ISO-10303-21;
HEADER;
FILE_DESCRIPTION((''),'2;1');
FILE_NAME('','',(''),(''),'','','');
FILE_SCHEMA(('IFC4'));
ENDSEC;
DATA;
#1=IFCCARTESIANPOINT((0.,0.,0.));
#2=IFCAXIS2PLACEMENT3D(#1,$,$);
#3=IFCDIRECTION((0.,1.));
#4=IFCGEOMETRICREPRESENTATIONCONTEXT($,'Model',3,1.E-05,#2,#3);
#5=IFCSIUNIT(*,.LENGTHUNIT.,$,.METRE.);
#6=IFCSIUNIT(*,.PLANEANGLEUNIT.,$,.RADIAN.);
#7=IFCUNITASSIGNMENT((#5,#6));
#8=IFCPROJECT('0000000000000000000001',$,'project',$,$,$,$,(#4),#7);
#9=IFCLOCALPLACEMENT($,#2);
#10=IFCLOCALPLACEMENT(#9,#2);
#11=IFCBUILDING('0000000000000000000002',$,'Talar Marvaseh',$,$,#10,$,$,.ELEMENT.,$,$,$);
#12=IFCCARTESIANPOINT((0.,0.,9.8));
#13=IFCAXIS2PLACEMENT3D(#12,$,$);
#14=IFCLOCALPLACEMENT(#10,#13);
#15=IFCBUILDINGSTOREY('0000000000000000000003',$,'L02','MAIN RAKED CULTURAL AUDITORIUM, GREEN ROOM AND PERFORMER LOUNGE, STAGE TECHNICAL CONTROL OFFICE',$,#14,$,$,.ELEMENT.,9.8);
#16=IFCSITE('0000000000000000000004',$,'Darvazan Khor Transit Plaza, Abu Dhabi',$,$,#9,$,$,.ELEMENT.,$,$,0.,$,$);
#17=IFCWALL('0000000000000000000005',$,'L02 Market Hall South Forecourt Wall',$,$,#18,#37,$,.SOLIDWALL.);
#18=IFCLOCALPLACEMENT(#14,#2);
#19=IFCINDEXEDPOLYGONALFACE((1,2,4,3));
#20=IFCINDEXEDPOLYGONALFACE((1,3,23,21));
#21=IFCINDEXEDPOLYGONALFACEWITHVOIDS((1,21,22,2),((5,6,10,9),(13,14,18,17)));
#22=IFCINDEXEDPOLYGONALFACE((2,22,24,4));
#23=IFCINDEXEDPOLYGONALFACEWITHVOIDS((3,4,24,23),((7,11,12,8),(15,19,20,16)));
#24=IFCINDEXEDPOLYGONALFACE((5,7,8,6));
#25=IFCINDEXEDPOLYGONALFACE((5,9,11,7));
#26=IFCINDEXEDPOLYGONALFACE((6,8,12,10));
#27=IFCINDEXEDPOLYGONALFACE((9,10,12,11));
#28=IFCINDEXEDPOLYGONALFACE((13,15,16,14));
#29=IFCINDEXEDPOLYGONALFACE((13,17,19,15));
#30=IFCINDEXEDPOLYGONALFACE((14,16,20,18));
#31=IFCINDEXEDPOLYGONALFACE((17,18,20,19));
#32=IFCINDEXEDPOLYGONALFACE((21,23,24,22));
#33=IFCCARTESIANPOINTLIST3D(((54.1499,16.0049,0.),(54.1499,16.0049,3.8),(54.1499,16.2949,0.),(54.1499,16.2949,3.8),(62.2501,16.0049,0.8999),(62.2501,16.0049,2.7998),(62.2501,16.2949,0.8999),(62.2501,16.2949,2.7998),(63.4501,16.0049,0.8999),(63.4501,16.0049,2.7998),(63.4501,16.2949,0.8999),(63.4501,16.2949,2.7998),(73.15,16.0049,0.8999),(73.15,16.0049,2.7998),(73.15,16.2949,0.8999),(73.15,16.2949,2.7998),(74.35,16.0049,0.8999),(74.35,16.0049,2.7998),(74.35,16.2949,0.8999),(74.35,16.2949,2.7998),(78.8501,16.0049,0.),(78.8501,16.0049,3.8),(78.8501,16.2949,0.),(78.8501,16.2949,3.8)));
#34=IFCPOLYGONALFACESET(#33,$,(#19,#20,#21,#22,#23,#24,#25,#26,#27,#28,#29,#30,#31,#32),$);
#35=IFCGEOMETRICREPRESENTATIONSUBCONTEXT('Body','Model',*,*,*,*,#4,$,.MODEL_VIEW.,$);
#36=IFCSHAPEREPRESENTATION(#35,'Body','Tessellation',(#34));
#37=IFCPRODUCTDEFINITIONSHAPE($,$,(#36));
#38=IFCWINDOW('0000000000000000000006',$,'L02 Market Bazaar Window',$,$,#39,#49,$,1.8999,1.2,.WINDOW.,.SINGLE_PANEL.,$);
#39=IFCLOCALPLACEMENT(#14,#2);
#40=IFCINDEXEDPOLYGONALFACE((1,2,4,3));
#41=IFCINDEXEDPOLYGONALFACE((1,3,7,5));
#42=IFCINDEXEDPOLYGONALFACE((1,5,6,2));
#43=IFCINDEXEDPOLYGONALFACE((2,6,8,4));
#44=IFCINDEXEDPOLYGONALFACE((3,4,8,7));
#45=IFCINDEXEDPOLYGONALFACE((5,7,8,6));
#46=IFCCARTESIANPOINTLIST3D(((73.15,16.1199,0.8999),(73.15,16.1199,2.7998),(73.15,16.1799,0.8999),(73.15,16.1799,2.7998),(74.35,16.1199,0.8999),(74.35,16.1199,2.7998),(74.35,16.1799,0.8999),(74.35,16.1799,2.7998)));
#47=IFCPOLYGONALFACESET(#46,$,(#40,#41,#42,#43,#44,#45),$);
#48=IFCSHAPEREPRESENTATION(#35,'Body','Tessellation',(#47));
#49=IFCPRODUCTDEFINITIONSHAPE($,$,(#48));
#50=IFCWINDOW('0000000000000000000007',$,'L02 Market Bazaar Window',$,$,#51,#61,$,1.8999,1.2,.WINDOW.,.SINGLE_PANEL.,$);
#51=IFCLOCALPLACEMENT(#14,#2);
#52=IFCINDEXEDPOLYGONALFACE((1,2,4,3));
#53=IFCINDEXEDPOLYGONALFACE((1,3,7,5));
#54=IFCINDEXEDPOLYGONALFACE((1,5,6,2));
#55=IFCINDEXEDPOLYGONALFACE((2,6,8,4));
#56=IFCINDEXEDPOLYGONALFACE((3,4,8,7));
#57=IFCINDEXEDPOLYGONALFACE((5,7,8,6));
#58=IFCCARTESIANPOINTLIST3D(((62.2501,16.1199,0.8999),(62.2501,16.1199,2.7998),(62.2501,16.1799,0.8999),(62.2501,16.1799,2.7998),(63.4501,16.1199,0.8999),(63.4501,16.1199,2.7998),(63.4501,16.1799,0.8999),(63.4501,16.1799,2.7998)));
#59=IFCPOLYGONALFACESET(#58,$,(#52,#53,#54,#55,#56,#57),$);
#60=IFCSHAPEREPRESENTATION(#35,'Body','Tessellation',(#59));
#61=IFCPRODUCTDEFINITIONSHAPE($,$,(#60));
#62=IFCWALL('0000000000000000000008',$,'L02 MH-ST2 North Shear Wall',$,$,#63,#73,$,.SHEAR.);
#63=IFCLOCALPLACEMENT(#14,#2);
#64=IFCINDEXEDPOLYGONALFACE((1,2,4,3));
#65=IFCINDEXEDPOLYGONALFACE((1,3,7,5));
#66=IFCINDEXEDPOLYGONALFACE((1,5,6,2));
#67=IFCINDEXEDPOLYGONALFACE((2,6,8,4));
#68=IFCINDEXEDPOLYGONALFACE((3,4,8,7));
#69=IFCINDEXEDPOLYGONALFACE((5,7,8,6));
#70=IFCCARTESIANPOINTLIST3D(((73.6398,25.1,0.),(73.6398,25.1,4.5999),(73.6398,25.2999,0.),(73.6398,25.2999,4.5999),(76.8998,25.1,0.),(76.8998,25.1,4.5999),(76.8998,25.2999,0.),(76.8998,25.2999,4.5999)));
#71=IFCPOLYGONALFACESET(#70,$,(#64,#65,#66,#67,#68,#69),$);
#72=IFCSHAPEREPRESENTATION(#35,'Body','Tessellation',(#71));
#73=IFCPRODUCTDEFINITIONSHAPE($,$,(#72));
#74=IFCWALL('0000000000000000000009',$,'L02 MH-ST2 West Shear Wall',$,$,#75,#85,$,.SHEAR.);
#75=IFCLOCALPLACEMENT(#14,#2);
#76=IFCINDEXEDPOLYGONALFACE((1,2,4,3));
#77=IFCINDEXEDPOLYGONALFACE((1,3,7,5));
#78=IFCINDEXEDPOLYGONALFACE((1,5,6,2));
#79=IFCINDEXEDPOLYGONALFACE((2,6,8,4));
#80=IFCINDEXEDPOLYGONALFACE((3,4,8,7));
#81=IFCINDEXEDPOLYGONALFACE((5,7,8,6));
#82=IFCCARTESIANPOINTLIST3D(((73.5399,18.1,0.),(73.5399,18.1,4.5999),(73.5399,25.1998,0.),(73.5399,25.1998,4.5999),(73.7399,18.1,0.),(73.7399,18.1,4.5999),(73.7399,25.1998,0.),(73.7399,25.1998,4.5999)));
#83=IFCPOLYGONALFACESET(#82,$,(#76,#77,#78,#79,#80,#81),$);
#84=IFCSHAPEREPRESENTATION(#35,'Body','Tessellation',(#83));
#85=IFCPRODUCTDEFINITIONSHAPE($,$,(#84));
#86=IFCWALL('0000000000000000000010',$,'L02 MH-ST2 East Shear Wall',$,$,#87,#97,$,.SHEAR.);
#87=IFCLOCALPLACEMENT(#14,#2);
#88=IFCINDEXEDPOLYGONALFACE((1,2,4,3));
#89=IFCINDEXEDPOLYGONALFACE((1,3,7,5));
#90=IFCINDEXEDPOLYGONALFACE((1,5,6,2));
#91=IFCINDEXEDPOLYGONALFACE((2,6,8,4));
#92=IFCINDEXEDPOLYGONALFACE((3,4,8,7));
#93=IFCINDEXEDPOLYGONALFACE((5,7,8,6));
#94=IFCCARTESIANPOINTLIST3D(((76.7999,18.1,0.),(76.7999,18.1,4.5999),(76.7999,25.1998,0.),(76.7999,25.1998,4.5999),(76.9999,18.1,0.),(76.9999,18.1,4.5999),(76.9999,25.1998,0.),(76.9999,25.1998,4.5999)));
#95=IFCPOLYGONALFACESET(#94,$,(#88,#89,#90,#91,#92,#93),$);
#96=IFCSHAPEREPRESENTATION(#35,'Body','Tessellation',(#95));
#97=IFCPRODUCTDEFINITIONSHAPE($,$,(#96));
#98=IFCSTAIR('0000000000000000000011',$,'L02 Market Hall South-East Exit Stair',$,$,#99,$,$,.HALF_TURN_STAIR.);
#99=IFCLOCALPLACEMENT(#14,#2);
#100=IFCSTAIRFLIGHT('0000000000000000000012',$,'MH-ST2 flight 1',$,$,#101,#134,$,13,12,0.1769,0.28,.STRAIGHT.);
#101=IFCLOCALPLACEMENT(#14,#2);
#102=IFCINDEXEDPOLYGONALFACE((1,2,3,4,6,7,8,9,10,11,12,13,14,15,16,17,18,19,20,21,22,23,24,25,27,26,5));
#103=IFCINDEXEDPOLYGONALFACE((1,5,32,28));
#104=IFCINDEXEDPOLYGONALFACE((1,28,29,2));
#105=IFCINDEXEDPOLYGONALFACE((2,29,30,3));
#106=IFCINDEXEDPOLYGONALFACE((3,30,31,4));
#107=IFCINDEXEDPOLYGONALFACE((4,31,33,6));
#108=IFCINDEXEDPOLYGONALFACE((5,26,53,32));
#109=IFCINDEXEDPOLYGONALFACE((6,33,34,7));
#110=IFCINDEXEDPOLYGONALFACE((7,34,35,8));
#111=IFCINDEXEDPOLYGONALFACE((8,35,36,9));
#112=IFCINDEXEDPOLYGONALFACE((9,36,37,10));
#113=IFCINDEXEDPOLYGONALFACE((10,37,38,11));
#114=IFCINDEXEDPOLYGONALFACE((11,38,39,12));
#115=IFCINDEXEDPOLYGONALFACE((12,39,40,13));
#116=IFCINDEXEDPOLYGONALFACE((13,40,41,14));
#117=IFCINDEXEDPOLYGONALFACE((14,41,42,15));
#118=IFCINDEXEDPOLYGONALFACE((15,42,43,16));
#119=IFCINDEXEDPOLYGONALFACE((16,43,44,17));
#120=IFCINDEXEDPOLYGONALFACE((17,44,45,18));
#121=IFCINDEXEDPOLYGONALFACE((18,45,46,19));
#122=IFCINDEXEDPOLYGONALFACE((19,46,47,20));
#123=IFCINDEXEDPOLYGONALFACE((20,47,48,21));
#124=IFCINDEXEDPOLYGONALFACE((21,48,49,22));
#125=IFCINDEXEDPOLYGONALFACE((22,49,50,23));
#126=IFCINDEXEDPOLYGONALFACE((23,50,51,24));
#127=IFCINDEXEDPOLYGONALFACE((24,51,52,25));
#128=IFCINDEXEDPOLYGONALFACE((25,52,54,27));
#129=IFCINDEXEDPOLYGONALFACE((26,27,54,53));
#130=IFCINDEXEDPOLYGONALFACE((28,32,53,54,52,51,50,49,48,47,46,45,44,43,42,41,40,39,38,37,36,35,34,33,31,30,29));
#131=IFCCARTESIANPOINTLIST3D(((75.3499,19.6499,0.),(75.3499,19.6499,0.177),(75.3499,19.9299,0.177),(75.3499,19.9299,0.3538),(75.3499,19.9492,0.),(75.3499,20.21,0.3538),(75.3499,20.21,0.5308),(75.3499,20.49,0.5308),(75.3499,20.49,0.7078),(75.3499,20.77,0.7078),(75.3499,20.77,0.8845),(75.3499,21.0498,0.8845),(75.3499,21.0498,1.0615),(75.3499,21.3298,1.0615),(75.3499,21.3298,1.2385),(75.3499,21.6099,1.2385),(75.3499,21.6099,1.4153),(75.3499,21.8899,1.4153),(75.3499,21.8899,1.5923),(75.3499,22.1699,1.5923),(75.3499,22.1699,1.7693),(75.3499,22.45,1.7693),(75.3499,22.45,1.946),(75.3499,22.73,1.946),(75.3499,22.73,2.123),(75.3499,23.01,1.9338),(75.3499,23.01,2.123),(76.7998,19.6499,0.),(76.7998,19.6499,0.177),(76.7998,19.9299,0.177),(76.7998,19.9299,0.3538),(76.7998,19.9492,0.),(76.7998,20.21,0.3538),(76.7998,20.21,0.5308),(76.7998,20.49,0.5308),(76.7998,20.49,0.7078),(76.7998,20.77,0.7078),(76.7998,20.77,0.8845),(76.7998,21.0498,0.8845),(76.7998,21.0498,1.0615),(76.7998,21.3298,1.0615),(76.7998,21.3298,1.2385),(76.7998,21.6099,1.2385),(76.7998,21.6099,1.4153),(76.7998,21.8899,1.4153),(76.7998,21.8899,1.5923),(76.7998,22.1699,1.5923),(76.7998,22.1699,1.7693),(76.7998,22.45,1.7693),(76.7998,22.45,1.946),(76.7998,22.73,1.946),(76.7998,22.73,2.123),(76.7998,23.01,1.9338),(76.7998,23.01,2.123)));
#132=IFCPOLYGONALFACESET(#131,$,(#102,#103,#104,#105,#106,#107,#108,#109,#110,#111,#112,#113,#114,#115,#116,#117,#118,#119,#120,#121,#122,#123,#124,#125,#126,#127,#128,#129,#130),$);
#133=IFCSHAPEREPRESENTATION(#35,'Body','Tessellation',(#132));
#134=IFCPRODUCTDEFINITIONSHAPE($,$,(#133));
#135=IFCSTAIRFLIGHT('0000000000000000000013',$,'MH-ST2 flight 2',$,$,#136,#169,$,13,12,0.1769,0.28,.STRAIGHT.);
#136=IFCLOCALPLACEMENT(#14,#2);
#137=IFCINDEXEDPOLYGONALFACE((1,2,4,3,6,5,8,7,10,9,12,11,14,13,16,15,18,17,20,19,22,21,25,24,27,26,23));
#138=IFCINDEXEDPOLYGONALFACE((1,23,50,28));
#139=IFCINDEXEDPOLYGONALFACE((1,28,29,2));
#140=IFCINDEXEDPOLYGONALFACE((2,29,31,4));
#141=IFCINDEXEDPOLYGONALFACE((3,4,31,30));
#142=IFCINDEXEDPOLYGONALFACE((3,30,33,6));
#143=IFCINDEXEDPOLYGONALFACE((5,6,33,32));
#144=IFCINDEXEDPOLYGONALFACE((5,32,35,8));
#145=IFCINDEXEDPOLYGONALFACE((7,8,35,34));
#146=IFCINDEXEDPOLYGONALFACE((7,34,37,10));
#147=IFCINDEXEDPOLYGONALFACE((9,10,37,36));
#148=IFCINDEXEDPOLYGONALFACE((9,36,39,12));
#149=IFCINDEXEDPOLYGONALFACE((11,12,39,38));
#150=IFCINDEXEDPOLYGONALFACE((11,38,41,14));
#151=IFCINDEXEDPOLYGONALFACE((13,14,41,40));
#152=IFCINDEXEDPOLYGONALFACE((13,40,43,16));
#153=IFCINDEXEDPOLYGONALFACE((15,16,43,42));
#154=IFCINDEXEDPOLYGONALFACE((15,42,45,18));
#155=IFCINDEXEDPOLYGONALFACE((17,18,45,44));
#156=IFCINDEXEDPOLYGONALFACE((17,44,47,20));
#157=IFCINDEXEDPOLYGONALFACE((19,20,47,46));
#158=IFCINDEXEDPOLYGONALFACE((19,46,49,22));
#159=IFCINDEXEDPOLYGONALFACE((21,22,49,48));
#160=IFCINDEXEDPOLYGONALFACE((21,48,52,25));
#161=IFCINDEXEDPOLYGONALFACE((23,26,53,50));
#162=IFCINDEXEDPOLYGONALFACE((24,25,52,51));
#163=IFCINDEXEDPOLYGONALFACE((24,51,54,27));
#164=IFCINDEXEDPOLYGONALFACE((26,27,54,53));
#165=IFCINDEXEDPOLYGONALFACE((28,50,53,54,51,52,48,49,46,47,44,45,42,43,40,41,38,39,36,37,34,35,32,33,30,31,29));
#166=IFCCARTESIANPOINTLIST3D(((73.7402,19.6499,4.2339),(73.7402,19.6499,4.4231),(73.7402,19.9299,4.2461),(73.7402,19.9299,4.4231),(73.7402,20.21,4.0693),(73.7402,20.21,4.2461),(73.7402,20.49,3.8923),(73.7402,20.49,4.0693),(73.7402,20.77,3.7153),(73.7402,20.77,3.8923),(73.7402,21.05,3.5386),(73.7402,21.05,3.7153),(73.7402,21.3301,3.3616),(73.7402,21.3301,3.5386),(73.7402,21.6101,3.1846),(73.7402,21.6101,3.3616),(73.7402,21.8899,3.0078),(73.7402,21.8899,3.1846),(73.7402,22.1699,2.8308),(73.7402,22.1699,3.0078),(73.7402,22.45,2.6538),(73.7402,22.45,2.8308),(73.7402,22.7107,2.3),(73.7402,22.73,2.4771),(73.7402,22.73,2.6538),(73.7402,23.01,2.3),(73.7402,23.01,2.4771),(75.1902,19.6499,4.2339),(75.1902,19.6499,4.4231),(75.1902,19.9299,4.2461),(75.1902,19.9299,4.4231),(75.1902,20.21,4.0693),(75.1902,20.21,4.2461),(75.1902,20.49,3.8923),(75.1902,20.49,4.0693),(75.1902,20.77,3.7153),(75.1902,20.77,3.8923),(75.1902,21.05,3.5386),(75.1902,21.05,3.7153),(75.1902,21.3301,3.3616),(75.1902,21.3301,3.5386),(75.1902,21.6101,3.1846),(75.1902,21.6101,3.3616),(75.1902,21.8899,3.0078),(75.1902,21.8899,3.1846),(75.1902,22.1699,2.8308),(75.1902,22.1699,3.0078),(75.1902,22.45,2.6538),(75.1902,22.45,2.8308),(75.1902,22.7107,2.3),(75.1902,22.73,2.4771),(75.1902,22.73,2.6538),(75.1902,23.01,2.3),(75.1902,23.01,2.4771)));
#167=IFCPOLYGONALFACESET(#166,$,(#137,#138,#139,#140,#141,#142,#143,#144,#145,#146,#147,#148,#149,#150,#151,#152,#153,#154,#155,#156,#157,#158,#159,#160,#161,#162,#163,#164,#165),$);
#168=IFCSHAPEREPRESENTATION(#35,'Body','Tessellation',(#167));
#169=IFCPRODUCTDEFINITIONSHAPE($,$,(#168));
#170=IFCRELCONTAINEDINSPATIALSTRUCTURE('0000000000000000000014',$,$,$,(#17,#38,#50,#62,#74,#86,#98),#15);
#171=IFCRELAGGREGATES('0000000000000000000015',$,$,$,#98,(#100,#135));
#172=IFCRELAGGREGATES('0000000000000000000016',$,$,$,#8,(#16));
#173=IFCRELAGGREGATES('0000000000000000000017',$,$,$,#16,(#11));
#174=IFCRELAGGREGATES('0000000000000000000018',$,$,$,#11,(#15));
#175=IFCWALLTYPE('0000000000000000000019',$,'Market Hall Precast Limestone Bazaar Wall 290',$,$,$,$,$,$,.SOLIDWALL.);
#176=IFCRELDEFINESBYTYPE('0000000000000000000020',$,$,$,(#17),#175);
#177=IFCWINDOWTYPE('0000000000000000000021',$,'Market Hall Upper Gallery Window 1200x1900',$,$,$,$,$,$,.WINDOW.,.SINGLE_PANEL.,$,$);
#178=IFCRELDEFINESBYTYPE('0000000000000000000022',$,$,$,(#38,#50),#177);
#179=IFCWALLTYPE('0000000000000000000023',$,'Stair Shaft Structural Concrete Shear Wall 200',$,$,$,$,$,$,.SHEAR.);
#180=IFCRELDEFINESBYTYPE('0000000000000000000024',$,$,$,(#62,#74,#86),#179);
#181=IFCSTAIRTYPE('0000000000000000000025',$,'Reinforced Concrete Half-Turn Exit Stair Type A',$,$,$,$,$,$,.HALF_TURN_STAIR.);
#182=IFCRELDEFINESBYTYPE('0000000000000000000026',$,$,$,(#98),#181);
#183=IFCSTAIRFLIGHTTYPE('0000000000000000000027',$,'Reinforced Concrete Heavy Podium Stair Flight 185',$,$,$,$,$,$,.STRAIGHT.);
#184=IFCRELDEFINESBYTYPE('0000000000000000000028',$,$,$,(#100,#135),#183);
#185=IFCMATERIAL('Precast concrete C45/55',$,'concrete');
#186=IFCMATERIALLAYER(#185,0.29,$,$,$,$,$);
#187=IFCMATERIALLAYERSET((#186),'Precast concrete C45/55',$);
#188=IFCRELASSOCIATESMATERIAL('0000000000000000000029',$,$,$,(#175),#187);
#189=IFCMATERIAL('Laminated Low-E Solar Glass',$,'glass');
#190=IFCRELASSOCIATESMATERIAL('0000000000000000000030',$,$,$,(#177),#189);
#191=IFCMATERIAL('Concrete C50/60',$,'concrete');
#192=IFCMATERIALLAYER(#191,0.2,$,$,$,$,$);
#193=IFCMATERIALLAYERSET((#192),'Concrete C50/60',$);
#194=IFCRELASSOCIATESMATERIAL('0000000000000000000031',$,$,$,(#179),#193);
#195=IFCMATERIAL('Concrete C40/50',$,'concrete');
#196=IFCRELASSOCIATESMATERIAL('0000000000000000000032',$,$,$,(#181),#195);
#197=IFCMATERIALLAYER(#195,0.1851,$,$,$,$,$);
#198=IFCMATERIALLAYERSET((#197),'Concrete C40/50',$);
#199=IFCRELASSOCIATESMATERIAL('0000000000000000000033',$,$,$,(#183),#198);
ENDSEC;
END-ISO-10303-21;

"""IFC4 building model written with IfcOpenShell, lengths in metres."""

from ifc_helpers import new_model, si_unit, direction, frame, frame_2d, origin, place, context, subcontext, project, spatial, polyline, rectangle, outline, extrude, source, transform, mapped, material, layer, layer_set, type_object, type_shapes, element, fill, aggregate, save


model = new_model("IFC4")

# Units and contexts
model_context = context("Model", 3, precision=1e-05, world=origin(), true_north=direction((0.0, 1.0)))
body_context = subcontext(model_context, "Body", "Model", "MODEL_VIEW")
ifc_project = project(units=[si_unit("LENGTHUNIT", "METRE"), si_unit("PLANEANGLEUNIT", "RADIAN")], contexts=[model_context])

# Site, building, storey
site_placement = place(None, origin())
site = spatial("IfcSite", under=ifc_project, at=site_placement, Name="Darvazan Khor Transit Plaza, Abu Dhabi", CompositionType="ELEMENT", RefElevation=0.0)
building_placement = place(site_placement, origin())
building = spatial("IfcBuilding", under=site, at=building_placement, Name="Talar Marvaseh", CompositionType="ELEMENT")
storey_placement = place(building_placement, frame((0.0, 0.0, 9.8)))
storey = spatial("IfcBuildingStorey", under=building, at=storey_placement, Name="L02", Description="MAIN RAKED CULTURAL AUDITORIUM, GREEN ROOM AND PERFORMER LOUNGE, STAGE TECHNICAL CONTROL OFFICE", CompositionType="ELEMENT", Elevation=9.8)

# Shared definitions
ifc_material_1 = material(Name="Concrete C40/50", Category="concrete")

# Wall, openings, windows
ifc_material_2 = material(Name="Precast concrete C45/55", Category="concrete")
ifc_layer_1 = layer(ifc_material_2, 0.29)
ifc_layer_set_1 = layer_set([ifc_layer_1], Name="Precast concrete C45/55")
wall_type_1 = type_object("IfcWallType", Name="Market Hall Precast Limestone Bazaar Wall 290", PredefinedType="SOLIDWALL", material=ifc_layer_set_1)
wall_1_placement = place(storey_placement, frame((78.8501, 16.1499, 0.0), z_axis=(0.0, 0.0, 1.0), x_axis=(-1.0, 0.0, 0.0)))
wall_1 = element("IfcWall", 1, at=wall_1_placement, inside=storey, type_object=wall_type_1, Name="L02 Market Hall South Forecourt Wall", PredefinedType="SOLIDWALL", context=body_context, shape_type="SweptSolid", body=[
    extrude(rectangle(XDim=24.7002, YDim=0.29, at=frame_2d((12.3501, 0.0))), origin(), (0.0, 0.0, 1.0), 3.8),
])
opening_1_placement = place(wall_1_placement, frame((4.5, 0.0, 0.8999)))
opening_1 = element("IfcOpeningElement", 2, at=opening_1_placement, cuts=wall_1, PredefinedType="OPENING", context=body_context, shape_type="SweptSolid", body=[
    extrude(rectangle(XDim=1.2, YDim=1.8999, at=frame_2d((0.6001, 0.95))), frame((0.0, 0.155, 0.0), z_axis=(0.0, -1.0, 0.0), x_axis=(1.0, 0.0, 0.0)), (0.0, 0.0, 1.0), 0.3101),
])
opening_2_placement = place(wall_1_placement, frame((15.3999, 0.0, 0.8999)))
opening_2 = element("IfcOpeningElement", 3, at=opening_2_placement, cuts=wall_1, PredefinedType="OPENING", context=body_context, shape_type="SweptSolid", body=[
    extrude(rectangle(XDim=1.2, YDim=1.8999, at=frame_2d((0.6001, 0.95))), frame((0.0, 0.155, 0.0), z_axis=(0.0, -1.0, 0.0), x_axis=(1.0, 0.0, 0.0)), (0.0, 0.0, 1.0), 0.3101),
])
ifc_material_3 = material(Name="Laminated Low-E Solar Glass", Category="glass")
window_type = type_object("IfcWindowType", Name="Market Hall Upper Gallery Window 1200x1900", PartitioningType="SINGLE_PANEL", PredefinedType="WINDOW", material=ifc_material_3)
shared_shape_1 = source(origin(), body_context, "Body", "SweptSolid", [
    extrude(rectangle(XDim=1.2, YDim=1.8999, at=frame_2d((0.6001, 0.95))), frame((0.0, 0.03, 0.0), z_axis=(0.0, -1.0, 0.0), x_axis=(1.0, 0.0, 0.0)), (0.0, 0.0, 1.0), 0.0601),
])
type_shapes(window_type, [shared_shape_1])
window_1_placement = place(opening_1_placement, origin())
window_1 = element("IfcWindow", 4, at=window_1_placement, inside=storey, type_object=window_type, Name="L02 Market Bazaar Window", OverallHeight=1.8999, OverallWidth=1.2, PartitioningType="SINGLE_PANEL", PredefinedType="WINDOW", context=body_context, shape_type="MappedRepresentation", body=[
    mapped(shared_shape_1, transform((0.0, 0.0, 0.0), x_axis=(1.0, 0.0, 0.0), y_axis=(0.0, 1.0, 0.0), z_axis=(0.0, 0.0, 1.0), scale=1.0)),
])
fill(opening_1, window_1)
window_2_placement = place(opening_2_placement, origin())
window_2 = element("IfcWindow", 5, at=window_2_placement, inside=storey, type_object=window_type, Name="L02 Market Bazaar Window", OverallHeight=1.8999, OverallWidth=1.2, PartitioningType="SINGLE_PANEL", PredefinedType="WINDOW", context=body_context, shape_type="MappedRepresentation", body=[
    mapped(shared_shape_1, transform((0.0, 0.0, 0.0), x_axis=(1.0, 0.0, 0.0), y_axis=(0.0, 1.0, 0.0), z_axis=(0.0, 0.0, 1.0), scale=1.0)),
])
fill(opening_2, window_2)

# Shared definitions
ifc_material_4 = material(Name="Concrete C50/60", Category="concrete")
ifc_layer_2 = layer(ifc_material_4, 0.2)
ifc_layer_set_2 = layer_set([ifc_layer_2], Name="Concrete C50/60")
wall_type_2 = type_object("IfcWallType", Name="Stair Shaft Structural Concrete Shear Wall 200", PredefinedType="SHEAR", material=ifc_layer_set_2)

# Walls
wall_2_placement = place(storey_placement, frame((73.6399, 25.2, 0.0), z_axis=(0.0, 0.0, 1.0), x_axis=(1.0, 0.0, 0.0)))
element("IfcWall", 6, at=wall_2_placement, inside=storey, type_object=wall_type_2, Name="L02 MH-ST2 North Shear Wall", PredefinedType="SHEAR", context=body_context, shape_type="SweptSolid", body=[
    extrude(rectangle(XDim=3.26, YDim=0.2, at=frame_2d((1.6299, 0.0))), origin(), (0.0, 0.0, 1.0), 4.5999),
])
for number, where, z_axis, x_axis, name in (
    (7, (73.6399, 18.1001, 0.0), (0.0, 0.0, 1.0), (0.0, 1.0, 0.0), "L02 MH-ST2 West Shear Wall"),
    (8, (76.8999, 18.1001, 0.0), (0.0, 0.0, 1.0), (0.0, 1.0, 0.0), "L02 MH-ST2 East Shear Wall"),
):
    element("IfcWall", number, at=place(storey_placement, frame(where, z_axis=z_axis, x_axis=x_axis)), inside=storey, type_object=wall_type_2, Name=name, PredefinedType="SHEAR", context=body_context, shape_type="SweptSolid", body=[
        extrude(rectangle(XDim=7.0999, YDim=0.2, at=frame_2d((3.5498, 0.0))), origin(), (0.0, 0.0, 1.0), 4.5999),
    ])

# Stair, stair flights
stair_type = type_object("IfcStairType", Name="Reinforced Concrete Half-Turn Exit Stair Type A", PredefinedType="HALF_TURN_STAIR", material=ifc_material_1)
stair_placement = place(storey_placement, origin())
stair = element("IfcStair", 9, at=stair_placement, inside=storey, type_object=stair_type, Name="L02 Market Hall South-East Exit Stair", PredefinedType="HALF_TURN_STAIR")
ifc_layer_3 = layer(ifc_material_1, 0.1851)
ifc_layer_set_3 = layer_set([ifc_layer_3], Name="Concrete C40/50")
stair_flight_type = type_object("IfcStairFlightType", Name="Reinforced Concrete Heavy Podium Stair Flight 185", PredefinedType="STRAIGHT", material=ifc_layer_set_3)
stair_flight_1_placement = place(storey_placement, frame((76.075, 19.6499, 0.0), z_axis=(0.0, 0.0, 1.0), x_axis=(0.0, 1.0, 0.0)))
stair_flight_1 = element("IfcStairFlight", 10, at=stair_flight_1_placement, type_object=stair_flight_type, Name="MH-ST2 flight 1", NumberOfRisers=13, NumberOfTreads=12, PredefinedType="STRAIGHT", RiserHeight=0.1769, TreadLength=0.28, context=body_context, shape_type="SweptSolid", body=[
    extrude(outline(polyline([(0.0, 0.0), (0.0, 0.177), (0.28, 0.177), (0.28, 0.3538), (0.5601, 0.3538), (0.5601, 0.5308), (0.8401, 0.5308), (0.8401, 0.7078), (1.1201, 0.7078), (1.1201, 0.8845), (1.3999, 0.8845), (1.3999, 1.0615), (1.6799, 1.0615), (1.6799, 1.2385), (1.96, 1.2385), (1.96, 1.4153), (2.24, 1.4153), (2.24, 1.5923), (2.52, 1.5923), (2.52, 1.7693), (2.8, 1.7693), (2.8, 1.946), (3.0801, 1.946), (3.0801, 2.123), (3.3601, 2.123), (3.3601, 2.3), (3.3601, 1.9338), (0.2993, 0.0), (0.0, 0.0)])), frame((0.0, 0.7251, 0.0), z_axis=(0.0, -1.0, 0.0), x_axis=(1.0, 0.0, 0.0)), (0.0, 0.0, 1.0), 1.45),
])
stair_flight_2_placement = place(storey_placement, frame((74.4651, 23.01, 2.3), z_axis=(0.0, 0.0, 1.0), x_axis=(0.0, -1.0, 0.0)))
stair_flight_2 = element("IfcStairFlight", 11, at=stair_flight_2_placement, type_object=stair_flight_type, Name="MH-ST2 flight 2", NumberOfRisers=13, NumberOfTreads=12, PredefinedType="STRAIGHT", RiserHeight=0.1769, TreadLength=0.28, context=body_context, shape_type="SweptSolid", body=[
    extrude(outline(polyline([(0.0, 0.0), (0.0, 0.177), (0.28, 0.177), (0.28, 0.3538), (0.5601, 0.3538), (0.5601, 0.5308), (0.8401, 0.5308), (0.8401, 0.7078), (1.1201, 0.7078), (1.1201, 0.8845), (1.3999, 0.8845), (1.3999, 1.0615), (1.6799, 1.0615), (1.6799, 1.2385), (1.96, 1.2385), (1.96, 1.4153), (2.24, 1.4153), (2.24, 1.5923), (2.52, 1.5923), (2.52, 1.7693), (2.8, 1.7693), (2.8, 1.946), (3.0801, 1.946), (3.0801, 2.123), (3.3601, 2.123), (3.3601, 2.3), (3.3601, 1.9338), (0.2993, 0.0), (0.0, 0.0)])), frame((0.0, 0.7251, 0.0), z_axis=(0.0, -1.0, 0.0), x_axis=(1.0, 0.0, 0.0)), (0.0, 0.0, 1.0), 1.45),
])
aggregate(stair, [stair_flight_1, stair_flight_2])

save(model, "model.ifc")
